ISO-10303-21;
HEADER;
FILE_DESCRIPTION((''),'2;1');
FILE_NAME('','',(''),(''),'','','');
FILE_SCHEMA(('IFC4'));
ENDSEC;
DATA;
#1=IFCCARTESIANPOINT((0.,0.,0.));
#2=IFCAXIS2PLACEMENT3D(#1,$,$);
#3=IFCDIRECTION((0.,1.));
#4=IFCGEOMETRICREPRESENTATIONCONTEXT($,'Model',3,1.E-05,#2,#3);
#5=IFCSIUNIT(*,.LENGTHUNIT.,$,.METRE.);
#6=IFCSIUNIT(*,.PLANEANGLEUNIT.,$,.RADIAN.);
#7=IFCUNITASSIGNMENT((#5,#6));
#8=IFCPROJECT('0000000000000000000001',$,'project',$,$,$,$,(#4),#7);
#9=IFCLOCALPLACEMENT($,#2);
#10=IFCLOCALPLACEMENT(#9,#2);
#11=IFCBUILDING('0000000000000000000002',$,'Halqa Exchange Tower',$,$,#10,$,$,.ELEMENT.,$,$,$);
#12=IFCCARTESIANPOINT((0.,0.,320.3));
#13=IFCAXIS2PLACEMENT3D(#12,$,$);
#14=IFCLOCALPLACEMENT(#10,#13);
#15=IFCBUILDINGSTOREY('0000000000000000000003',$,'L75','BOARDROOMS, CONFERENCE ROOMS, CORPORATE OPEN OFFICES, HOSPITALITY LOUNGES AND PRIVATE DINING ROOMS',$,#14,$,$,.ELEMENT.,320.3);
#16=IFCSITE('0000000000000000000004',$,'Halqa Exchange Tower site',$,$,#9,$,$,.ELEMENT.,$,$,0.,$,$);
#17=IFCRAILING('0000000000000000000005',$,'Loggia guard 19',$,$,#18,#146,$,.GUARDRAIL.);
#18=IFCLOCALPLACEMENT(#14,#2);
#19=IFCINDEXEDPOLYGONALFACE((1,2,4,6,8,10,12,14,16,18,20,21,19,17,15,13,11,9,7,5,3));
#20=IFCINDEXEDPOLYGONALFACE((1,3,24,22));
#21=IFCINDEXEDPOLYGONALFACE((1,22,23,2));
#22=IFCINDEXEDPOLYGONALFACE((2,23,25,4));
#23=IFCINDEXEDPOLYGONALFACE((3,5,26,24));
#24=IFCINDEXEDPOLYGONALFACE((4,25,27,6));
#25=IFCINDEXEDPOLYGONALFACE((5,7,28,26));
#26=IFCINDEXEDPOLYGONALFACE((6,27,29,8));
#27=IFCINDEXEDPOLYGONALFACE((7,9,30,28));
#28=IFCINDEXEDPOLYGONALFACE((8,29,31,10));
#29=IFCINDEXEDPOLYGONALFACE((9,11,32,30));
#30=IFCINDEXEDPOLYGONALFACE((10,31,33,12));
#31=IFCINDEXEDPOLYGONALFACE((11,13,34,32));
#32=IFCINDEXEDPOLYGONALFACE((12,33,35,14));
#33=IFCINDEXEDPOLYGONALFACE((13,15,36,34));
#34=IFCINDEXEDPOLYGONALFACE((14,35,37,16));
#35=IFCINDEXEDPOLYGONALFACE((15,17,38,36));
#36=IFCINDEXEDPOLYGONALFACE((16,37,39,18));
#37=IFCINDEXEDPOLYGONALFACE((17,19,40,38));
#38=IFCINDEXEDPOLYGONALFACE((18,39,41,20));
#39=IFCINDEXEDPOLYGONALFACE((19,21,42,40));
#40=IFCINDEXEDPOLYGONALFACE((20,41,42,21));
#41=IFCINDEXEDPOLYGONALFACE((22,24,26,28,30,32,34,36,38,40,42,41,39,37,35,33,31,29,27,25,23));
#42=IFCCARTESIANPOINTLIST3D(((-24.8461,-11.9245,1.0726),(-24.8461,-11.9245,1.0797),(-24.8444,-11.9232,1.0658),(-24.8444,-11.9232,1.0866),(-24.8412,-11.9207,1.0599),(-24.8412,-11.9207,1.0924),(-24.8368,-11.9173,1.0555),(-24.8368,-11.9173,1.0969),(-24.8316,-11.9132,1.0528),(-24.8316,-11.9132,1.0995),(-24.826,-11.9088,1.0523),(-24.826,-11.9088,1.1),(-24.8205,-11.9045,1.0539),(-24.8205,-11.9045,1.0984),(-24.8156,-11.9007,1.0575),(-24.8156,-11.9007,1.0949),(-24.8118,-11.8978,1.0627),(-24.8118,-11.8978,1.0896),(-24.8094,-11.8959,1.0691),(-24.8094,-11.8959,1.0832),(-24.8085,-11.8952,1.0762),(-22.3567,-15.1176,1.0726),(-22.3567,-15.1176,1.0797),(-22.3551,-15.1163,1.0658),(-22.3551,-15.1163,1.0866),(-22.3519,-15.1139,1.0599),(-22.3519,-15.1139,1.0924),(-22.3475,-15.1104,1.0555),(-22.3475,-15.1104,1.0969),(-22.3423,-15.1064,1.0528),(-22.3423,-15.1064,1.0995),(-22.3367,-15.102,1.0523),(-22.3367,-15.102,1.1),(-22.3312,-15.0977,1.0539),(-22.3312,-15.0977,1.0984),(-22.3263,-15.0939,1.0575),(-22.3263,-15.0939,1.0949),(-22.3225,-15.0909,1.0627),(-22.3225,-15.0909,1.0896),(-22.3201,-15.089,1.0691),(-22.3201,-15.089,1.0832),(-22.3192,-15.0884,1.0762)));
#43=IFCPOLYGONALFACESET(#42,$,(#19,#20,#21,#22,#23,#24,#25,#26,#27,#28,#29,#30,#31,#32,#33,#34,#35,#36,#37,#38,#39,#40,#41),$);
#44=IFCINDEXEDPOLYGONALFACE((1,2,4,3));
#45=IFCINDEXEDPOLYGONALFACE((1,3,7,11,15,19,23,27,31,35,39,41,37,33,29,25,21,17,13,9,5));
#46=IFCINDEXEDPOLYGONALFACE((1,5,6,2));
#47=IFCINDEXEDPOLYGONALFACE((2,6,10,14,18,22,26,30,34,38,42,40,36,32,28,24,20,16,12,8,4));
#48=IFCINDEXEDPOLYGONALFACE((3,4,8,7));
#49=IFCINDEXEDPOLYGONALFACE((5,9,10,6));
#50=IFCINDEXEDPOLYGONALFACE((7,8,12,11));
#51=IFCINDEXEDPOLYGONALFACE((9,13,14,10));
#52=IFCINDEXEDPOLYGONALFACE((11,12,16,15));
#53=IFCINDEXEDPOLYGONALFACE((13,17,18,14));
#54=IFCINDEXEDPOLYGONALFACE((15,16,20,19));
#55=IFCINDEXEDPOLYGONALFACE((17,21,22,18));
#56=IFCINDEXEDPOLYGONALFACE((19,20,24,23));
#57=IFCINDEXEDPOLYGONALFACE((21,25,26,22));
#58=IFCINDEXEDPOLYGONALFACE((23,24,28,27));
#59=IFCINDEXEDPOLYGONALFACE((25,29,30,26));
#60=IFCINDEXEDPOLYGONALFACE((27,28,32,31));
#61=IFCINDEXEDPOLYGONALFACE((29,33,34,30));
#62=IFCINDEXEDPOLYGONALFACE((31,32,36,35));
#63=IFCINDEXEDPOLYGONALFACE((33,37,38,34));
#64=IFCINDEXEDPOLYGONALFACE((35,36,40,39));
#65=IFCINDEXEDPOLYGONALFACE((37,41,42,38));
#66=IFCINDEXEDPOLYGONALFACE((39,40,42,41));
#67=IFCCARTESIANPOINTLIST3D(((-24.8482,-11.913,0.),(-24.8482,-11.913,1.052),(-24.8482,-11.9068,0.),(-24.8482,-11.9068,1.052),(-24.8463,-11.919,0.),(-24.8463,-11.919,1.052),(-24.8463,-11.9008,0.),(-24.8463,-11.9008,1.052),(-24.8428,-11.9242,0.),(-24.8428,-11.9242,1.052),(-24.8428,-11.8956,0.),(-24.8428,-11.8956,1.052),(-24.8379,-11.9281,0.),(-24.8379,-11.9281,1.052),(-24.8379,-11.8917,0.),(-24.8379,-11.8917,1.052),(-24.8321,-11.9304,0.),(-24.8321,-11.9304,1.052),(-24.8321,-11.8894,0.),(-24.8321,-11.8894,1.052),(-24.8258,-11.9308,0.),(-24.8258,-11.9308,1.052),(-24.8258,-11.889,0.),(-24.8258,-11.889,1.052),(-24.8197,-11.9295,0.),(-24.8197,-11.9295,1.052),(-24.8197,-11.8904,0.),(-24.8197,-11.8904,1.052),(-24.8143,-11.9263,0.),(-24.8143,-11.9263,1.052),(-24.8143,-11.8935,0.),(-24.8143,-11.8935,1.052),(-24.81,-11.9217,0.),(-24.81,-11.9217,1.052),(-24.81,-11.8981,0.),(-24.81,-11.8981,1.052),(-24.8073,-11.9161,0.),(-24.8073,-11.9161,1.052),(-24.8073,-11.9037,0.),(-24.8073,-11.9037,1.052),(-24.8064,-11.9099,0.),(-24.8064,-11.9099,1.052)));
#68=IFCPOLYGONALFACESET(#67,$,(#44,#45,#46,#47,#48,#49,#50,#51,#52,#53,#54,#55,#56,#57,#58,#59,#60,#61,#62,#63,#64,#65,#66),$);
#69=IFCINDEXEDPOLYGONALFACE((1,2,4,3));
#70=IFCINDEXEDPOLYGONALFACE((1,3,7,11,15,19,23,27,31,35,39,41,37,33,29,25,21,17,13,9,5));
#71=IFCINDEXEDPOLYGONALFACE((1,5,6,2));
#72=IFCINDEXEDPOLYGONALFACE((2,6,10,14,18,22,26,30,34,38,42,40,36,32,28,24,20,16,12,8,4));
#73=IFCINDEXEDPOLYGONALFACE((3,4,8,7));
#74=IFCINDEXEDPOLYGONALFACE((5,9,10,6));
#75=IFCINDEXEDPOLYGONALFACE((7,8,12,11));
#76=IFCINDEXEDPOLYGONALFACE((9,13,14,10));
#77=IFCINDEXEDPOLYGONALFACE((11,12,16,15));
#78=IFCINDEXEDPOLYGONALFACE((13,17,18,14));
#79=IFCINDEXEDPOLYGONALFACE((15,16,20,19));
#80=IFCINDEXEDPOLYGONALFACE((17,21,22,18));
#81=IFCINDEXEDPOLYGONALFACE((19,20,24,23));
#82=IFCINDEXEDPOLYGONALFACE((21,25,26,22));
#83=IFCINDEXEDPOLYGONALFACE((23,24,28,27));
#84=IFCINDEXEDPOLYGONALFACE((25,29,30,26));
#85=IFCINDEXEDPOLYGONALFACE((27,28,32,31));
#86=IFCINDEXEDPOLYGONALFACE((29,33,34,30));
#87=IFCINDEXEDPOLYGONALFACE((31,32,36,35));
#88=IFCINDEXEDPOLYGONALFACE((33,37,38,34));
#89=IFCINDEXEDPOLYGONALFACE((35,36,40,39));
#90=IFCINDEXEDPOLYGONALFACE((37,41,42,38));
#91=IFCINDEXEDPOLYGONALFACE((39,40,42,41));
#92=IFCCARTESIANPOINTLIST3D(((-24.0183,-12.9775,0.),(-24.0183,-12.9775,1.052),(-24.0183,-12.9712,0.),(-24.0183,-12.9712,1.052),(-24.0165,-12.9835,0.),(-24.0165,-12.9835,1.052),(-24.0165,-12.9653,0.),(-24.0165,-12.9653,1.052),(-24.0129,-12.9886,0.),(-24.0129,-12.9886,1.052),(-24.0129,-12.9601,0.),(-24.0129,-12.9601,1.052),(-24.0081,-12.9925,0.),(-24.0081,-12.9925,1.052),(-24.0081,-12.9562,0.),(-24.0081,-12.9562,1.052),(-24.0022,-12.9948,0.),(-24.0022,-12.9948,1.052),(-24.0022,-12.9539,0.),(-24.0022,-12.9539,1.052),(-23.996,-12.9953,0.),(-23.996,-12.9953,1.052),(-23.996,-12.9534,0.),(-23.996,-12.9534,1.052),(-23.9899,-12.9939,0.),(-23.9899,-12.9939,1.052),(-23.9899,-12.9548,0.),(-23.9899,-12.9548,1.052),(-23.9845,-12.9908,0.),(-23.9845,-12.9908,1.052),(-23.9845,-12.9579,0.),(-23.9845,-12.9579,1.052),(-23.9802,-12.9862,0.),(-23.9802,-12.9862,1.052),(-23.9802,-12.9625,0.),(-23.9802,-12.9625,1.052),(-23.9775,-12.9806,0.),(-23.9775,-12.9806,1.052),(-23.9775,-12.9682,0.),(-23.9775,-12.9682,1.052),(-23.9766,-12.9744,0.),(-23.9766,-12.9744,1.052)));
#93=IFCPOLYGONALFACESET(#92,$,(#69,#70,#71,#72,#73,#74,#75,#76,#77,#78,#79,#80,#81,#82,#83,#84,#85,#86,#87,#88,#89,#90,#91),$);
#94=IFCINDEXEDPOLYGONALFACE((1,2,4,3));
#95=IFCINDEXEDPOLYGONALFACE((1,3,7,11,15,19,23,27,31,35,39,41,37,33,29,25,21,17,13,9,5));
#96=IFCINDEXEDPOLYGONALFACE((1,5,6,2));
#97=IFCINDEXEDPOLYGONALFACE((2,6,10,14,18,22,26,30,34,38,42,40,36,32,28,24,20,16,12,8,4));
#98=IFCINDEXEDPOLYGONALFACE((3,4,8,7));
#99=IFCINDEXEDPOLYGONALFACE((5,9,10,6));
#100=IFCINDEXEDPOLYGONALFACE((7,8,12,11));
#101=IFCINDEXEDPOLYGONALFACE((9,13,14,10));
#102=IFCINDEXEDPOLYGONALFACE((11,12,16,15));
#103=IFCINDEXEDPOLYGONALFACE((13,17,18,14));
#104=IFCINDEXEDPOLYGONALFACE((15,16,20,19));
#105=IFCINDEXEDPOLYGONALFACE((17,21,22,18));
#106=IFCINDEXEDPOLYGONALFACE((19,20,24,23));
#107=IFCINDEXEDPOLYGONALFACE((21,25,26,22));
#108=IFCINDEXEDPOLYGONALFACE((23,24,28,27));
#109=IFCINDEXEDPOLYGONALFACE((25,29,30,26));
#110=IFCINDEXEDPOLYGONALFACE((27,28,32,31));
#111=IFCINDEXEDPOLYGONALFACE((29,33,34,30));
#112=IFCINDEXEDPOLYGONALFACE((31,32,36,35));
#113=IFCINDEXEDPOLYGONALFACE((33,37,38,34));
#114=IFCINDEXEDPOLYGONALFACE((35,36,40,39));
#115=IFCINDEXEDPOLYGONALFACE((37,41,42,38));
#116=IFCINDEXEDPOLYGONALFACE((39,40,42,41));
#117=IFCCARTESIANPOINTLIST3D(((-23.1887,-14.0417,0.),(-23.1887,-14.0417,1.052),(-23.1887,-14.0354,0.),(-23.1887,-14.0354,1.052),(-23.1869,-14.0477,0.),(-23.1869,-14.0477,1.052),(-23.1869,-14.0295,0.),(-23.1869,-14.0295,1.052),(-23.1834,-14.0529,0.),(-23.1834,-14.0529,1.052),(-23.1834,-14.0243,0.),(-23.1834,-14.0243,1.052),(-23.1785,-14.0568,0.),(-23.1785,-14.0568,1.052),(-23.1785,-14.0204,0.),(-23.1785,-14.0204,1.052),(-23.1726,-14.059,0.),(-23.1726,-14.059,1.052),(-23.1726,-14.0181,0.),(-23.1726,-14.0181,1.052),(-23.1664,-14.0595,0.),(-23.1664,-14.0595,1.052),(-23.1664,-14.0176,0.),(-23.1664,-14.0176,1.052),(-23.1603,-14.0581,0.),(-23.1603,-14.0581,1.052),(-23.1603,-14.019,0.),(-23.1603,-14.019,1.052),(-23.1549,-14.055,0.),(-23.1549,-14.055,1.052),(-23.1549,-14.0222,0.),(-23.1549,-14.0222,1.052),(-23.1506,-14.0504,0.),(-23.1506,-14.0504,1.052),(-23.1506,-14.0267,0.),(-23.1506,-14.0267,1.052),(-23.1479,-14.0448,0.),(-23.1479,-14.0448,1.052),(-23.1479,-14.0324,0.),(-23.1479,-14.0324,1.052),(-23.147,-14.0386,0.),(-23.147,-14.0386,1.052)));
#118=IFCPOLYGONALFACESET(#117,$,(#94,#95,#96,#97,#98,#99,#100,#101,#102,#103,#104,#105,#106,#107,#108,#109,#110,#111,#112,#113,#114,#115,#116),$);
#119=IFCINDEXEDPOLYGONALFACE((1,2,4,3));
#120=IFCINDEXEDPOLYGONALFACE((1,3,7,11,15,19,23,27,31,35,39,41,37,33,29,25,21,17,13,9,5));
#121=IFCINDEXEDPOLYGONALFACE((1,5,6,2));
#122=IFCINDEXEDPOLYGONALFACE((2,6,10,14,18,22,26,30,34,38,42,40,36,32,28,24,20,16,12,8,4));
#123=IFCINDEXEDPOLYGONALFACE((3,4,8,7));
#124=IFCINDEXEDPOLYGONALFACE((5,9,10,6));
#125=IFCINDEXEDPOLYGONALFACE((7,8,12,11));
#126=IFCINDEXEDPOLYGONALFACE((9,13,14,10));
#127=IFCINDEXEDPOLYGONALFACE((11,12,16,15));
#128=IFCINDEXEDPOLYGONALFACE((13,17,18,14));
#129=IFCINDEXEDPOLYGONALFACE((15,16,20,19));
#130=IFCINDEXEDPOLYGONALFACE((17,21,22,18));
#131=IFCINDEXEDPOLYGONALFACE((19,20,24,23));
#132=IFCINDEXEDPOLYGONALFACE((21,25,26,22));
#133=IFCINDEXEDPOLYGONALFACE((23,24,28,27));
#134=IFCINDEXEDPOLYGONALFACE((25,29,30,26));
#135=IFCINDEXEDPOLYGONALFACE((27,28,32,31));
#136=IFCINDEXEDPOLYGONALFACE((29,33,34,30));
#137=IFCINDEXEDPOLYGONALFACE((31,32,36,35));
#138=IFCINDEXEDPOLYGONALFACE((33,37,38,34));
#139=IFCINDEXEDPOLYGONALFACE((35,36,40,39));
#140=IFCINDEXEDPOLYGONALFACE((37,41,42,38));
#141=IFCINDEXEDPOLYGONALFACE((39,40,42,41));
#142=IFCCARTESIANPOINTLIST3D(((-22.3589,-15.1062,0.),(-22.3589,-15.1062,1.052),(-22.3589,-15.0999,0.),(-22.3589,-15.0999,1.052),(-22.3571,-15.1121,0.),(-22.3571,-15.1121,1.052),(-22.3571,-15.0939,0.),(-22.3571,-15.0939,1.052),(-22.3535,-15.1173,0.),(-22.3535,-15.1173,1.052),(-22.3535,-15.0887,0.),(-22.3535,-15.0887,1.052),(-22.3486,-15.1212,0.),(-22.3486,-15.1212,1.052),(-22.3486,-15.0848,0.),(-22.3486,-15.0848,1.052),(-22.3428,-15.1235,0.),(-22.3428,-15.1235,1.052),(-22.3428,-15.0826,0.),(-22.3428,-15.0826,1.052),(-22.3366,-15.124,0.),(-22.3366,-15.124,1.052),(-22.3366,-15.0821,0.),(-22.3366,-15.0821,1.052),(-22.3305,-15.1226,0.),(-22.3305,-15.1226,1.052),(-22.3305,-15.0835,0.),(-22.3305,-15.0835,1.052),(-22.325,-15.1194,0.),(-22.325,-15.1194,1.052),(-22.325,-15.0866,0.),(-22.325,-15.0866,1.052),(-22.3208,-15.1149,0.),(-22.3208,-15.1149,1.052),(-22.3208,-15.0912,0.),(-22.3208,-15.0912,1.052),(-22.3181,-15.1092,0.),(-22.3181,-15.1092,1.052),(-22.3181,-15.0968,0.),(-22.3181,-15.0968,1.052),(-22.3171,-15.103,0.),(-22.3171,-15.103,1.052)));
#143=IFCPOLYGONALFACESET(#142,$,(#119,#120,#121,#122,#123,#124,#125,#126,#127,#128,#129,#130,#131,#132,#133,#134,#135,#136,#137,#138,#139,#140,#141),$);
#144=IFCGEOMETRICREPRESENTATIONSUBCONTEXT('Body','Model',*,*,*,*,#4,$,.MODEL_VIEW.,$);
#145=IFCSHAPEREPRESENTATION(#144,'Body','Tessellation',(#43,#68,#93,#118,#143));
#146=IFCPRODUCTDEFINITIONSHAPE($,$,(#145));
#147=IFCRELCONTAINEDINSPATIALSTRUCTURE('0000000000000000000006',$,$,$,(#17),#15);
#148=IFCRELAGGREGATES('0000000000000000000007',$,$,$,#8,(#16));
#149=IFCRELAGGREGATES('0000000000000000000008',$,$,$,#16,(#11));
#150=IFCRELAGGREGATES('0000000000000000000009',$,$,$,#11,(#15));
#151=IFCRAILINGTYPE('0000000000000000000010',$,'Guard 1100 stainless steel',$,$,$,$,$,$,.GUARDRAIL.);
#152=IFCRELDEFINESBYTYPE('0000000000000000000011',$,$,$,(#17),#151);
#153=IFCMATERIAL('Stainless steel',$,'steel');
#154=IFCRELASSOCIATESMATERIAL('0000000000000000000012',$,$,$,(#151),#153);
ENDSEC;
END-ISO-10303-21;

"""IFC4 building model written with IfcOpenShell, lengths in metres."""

from ifc_helpers import new_model, si_unit, direction, frame, origin, origin_2d, place, context, subcontext, project, spatial, circle, extrude, material, type_object, element, save


model = new_model("IFC4")

# Units and contexts
model_context = context("Model", 3, precision=1e-05, world=origin(), true_north=direction((0.0, 1.0)))
body_context = subcontext(model_context, "Body", "Model", "MODEL_VIEW")
ifc_project = project(units=[si_unit("LENGTHUNIT", "METRE"), si_unit("PLANEANGLEUNIT", "RADIAN")], contexts=[model_context])

# Site, building, storey
site_placement = place(None, origin())
site = spatial("IfcSite", under=ifc_project, at=site_placement, Name="Halqa Exchange Tower site", CompositionType="ELEMENT", RefElevation=0.0)
building_placement = place(site_placement, origin())
building = spatial("IfcBuilding", under=site, at=building_placement, Name="Halqa Exchange Tower", CompositionType="ELEMENT")
storey_placement = place(building_placement, frame((0.0, 0.0, 320.3)))
storey = spatial("IfcBuildingStorey", under=building, at=storey_placement, Name="L75", Description="BOARDROOMS, CONFERENCE ROOMS, CORPORATE OPEN OFFICES, HOSPITALITY LOUNGES AND PRIVATE DINING ROOMS", CompositionType="ELEMENT", Elevation=320.3)

# Railing
ifc_material_1 = material(Name="Stainless steel", Category="steel")
railing_type = type_object("IfcRailingType", Name="Guard 1100 stainless steel", PredefinedType="GUARDRAIL", material=ifc_material_1)
railing_1_placement = place(storey_placement, frame((-24.8274, -11.9099, 0.0)))
element("IfcRailing", 1, at=railing_1_placement, inside=storey, type_object=railing_type, Name="Loggia guard 19", PredefinedType="GUARDRAIL", context=body_context, shape_type="SweptSolid", body=[
    extrude(circle(Radius=0.0239, at=origin_2d()), frame((0.0, 0.0, 1.0762), z_axis=(0.614821, -0.788667, 0.0), x_axis=(0.788667, 0.614821, 0.0)), (0.0, 0.0, 1.0), 4.0488),
    extrude(circle(Radius=0.021, at=origin_2d()), origin(), (0.0, 0.0, 1.0), 1.052),
    extrude(circle(Radius=0.021, at=origin_2d()), frame((0.8298, -1.0645, 0.0)), (0.0, 0.0, 1.0), 1.052),
    extrude(circle(Radius=0.021, at=origin_2d()), frame((1.6594, -2.1287, 0.0)), (0.0, 0.0, 1.0), 1.052),
    extrude(circle(Radius=0.021, at=origin_2d()), frame((2.4893, -3.1931, 0.0)), (0.0, 0.0, 1.0), 1.052),
])

save(model, "model.ifc")
